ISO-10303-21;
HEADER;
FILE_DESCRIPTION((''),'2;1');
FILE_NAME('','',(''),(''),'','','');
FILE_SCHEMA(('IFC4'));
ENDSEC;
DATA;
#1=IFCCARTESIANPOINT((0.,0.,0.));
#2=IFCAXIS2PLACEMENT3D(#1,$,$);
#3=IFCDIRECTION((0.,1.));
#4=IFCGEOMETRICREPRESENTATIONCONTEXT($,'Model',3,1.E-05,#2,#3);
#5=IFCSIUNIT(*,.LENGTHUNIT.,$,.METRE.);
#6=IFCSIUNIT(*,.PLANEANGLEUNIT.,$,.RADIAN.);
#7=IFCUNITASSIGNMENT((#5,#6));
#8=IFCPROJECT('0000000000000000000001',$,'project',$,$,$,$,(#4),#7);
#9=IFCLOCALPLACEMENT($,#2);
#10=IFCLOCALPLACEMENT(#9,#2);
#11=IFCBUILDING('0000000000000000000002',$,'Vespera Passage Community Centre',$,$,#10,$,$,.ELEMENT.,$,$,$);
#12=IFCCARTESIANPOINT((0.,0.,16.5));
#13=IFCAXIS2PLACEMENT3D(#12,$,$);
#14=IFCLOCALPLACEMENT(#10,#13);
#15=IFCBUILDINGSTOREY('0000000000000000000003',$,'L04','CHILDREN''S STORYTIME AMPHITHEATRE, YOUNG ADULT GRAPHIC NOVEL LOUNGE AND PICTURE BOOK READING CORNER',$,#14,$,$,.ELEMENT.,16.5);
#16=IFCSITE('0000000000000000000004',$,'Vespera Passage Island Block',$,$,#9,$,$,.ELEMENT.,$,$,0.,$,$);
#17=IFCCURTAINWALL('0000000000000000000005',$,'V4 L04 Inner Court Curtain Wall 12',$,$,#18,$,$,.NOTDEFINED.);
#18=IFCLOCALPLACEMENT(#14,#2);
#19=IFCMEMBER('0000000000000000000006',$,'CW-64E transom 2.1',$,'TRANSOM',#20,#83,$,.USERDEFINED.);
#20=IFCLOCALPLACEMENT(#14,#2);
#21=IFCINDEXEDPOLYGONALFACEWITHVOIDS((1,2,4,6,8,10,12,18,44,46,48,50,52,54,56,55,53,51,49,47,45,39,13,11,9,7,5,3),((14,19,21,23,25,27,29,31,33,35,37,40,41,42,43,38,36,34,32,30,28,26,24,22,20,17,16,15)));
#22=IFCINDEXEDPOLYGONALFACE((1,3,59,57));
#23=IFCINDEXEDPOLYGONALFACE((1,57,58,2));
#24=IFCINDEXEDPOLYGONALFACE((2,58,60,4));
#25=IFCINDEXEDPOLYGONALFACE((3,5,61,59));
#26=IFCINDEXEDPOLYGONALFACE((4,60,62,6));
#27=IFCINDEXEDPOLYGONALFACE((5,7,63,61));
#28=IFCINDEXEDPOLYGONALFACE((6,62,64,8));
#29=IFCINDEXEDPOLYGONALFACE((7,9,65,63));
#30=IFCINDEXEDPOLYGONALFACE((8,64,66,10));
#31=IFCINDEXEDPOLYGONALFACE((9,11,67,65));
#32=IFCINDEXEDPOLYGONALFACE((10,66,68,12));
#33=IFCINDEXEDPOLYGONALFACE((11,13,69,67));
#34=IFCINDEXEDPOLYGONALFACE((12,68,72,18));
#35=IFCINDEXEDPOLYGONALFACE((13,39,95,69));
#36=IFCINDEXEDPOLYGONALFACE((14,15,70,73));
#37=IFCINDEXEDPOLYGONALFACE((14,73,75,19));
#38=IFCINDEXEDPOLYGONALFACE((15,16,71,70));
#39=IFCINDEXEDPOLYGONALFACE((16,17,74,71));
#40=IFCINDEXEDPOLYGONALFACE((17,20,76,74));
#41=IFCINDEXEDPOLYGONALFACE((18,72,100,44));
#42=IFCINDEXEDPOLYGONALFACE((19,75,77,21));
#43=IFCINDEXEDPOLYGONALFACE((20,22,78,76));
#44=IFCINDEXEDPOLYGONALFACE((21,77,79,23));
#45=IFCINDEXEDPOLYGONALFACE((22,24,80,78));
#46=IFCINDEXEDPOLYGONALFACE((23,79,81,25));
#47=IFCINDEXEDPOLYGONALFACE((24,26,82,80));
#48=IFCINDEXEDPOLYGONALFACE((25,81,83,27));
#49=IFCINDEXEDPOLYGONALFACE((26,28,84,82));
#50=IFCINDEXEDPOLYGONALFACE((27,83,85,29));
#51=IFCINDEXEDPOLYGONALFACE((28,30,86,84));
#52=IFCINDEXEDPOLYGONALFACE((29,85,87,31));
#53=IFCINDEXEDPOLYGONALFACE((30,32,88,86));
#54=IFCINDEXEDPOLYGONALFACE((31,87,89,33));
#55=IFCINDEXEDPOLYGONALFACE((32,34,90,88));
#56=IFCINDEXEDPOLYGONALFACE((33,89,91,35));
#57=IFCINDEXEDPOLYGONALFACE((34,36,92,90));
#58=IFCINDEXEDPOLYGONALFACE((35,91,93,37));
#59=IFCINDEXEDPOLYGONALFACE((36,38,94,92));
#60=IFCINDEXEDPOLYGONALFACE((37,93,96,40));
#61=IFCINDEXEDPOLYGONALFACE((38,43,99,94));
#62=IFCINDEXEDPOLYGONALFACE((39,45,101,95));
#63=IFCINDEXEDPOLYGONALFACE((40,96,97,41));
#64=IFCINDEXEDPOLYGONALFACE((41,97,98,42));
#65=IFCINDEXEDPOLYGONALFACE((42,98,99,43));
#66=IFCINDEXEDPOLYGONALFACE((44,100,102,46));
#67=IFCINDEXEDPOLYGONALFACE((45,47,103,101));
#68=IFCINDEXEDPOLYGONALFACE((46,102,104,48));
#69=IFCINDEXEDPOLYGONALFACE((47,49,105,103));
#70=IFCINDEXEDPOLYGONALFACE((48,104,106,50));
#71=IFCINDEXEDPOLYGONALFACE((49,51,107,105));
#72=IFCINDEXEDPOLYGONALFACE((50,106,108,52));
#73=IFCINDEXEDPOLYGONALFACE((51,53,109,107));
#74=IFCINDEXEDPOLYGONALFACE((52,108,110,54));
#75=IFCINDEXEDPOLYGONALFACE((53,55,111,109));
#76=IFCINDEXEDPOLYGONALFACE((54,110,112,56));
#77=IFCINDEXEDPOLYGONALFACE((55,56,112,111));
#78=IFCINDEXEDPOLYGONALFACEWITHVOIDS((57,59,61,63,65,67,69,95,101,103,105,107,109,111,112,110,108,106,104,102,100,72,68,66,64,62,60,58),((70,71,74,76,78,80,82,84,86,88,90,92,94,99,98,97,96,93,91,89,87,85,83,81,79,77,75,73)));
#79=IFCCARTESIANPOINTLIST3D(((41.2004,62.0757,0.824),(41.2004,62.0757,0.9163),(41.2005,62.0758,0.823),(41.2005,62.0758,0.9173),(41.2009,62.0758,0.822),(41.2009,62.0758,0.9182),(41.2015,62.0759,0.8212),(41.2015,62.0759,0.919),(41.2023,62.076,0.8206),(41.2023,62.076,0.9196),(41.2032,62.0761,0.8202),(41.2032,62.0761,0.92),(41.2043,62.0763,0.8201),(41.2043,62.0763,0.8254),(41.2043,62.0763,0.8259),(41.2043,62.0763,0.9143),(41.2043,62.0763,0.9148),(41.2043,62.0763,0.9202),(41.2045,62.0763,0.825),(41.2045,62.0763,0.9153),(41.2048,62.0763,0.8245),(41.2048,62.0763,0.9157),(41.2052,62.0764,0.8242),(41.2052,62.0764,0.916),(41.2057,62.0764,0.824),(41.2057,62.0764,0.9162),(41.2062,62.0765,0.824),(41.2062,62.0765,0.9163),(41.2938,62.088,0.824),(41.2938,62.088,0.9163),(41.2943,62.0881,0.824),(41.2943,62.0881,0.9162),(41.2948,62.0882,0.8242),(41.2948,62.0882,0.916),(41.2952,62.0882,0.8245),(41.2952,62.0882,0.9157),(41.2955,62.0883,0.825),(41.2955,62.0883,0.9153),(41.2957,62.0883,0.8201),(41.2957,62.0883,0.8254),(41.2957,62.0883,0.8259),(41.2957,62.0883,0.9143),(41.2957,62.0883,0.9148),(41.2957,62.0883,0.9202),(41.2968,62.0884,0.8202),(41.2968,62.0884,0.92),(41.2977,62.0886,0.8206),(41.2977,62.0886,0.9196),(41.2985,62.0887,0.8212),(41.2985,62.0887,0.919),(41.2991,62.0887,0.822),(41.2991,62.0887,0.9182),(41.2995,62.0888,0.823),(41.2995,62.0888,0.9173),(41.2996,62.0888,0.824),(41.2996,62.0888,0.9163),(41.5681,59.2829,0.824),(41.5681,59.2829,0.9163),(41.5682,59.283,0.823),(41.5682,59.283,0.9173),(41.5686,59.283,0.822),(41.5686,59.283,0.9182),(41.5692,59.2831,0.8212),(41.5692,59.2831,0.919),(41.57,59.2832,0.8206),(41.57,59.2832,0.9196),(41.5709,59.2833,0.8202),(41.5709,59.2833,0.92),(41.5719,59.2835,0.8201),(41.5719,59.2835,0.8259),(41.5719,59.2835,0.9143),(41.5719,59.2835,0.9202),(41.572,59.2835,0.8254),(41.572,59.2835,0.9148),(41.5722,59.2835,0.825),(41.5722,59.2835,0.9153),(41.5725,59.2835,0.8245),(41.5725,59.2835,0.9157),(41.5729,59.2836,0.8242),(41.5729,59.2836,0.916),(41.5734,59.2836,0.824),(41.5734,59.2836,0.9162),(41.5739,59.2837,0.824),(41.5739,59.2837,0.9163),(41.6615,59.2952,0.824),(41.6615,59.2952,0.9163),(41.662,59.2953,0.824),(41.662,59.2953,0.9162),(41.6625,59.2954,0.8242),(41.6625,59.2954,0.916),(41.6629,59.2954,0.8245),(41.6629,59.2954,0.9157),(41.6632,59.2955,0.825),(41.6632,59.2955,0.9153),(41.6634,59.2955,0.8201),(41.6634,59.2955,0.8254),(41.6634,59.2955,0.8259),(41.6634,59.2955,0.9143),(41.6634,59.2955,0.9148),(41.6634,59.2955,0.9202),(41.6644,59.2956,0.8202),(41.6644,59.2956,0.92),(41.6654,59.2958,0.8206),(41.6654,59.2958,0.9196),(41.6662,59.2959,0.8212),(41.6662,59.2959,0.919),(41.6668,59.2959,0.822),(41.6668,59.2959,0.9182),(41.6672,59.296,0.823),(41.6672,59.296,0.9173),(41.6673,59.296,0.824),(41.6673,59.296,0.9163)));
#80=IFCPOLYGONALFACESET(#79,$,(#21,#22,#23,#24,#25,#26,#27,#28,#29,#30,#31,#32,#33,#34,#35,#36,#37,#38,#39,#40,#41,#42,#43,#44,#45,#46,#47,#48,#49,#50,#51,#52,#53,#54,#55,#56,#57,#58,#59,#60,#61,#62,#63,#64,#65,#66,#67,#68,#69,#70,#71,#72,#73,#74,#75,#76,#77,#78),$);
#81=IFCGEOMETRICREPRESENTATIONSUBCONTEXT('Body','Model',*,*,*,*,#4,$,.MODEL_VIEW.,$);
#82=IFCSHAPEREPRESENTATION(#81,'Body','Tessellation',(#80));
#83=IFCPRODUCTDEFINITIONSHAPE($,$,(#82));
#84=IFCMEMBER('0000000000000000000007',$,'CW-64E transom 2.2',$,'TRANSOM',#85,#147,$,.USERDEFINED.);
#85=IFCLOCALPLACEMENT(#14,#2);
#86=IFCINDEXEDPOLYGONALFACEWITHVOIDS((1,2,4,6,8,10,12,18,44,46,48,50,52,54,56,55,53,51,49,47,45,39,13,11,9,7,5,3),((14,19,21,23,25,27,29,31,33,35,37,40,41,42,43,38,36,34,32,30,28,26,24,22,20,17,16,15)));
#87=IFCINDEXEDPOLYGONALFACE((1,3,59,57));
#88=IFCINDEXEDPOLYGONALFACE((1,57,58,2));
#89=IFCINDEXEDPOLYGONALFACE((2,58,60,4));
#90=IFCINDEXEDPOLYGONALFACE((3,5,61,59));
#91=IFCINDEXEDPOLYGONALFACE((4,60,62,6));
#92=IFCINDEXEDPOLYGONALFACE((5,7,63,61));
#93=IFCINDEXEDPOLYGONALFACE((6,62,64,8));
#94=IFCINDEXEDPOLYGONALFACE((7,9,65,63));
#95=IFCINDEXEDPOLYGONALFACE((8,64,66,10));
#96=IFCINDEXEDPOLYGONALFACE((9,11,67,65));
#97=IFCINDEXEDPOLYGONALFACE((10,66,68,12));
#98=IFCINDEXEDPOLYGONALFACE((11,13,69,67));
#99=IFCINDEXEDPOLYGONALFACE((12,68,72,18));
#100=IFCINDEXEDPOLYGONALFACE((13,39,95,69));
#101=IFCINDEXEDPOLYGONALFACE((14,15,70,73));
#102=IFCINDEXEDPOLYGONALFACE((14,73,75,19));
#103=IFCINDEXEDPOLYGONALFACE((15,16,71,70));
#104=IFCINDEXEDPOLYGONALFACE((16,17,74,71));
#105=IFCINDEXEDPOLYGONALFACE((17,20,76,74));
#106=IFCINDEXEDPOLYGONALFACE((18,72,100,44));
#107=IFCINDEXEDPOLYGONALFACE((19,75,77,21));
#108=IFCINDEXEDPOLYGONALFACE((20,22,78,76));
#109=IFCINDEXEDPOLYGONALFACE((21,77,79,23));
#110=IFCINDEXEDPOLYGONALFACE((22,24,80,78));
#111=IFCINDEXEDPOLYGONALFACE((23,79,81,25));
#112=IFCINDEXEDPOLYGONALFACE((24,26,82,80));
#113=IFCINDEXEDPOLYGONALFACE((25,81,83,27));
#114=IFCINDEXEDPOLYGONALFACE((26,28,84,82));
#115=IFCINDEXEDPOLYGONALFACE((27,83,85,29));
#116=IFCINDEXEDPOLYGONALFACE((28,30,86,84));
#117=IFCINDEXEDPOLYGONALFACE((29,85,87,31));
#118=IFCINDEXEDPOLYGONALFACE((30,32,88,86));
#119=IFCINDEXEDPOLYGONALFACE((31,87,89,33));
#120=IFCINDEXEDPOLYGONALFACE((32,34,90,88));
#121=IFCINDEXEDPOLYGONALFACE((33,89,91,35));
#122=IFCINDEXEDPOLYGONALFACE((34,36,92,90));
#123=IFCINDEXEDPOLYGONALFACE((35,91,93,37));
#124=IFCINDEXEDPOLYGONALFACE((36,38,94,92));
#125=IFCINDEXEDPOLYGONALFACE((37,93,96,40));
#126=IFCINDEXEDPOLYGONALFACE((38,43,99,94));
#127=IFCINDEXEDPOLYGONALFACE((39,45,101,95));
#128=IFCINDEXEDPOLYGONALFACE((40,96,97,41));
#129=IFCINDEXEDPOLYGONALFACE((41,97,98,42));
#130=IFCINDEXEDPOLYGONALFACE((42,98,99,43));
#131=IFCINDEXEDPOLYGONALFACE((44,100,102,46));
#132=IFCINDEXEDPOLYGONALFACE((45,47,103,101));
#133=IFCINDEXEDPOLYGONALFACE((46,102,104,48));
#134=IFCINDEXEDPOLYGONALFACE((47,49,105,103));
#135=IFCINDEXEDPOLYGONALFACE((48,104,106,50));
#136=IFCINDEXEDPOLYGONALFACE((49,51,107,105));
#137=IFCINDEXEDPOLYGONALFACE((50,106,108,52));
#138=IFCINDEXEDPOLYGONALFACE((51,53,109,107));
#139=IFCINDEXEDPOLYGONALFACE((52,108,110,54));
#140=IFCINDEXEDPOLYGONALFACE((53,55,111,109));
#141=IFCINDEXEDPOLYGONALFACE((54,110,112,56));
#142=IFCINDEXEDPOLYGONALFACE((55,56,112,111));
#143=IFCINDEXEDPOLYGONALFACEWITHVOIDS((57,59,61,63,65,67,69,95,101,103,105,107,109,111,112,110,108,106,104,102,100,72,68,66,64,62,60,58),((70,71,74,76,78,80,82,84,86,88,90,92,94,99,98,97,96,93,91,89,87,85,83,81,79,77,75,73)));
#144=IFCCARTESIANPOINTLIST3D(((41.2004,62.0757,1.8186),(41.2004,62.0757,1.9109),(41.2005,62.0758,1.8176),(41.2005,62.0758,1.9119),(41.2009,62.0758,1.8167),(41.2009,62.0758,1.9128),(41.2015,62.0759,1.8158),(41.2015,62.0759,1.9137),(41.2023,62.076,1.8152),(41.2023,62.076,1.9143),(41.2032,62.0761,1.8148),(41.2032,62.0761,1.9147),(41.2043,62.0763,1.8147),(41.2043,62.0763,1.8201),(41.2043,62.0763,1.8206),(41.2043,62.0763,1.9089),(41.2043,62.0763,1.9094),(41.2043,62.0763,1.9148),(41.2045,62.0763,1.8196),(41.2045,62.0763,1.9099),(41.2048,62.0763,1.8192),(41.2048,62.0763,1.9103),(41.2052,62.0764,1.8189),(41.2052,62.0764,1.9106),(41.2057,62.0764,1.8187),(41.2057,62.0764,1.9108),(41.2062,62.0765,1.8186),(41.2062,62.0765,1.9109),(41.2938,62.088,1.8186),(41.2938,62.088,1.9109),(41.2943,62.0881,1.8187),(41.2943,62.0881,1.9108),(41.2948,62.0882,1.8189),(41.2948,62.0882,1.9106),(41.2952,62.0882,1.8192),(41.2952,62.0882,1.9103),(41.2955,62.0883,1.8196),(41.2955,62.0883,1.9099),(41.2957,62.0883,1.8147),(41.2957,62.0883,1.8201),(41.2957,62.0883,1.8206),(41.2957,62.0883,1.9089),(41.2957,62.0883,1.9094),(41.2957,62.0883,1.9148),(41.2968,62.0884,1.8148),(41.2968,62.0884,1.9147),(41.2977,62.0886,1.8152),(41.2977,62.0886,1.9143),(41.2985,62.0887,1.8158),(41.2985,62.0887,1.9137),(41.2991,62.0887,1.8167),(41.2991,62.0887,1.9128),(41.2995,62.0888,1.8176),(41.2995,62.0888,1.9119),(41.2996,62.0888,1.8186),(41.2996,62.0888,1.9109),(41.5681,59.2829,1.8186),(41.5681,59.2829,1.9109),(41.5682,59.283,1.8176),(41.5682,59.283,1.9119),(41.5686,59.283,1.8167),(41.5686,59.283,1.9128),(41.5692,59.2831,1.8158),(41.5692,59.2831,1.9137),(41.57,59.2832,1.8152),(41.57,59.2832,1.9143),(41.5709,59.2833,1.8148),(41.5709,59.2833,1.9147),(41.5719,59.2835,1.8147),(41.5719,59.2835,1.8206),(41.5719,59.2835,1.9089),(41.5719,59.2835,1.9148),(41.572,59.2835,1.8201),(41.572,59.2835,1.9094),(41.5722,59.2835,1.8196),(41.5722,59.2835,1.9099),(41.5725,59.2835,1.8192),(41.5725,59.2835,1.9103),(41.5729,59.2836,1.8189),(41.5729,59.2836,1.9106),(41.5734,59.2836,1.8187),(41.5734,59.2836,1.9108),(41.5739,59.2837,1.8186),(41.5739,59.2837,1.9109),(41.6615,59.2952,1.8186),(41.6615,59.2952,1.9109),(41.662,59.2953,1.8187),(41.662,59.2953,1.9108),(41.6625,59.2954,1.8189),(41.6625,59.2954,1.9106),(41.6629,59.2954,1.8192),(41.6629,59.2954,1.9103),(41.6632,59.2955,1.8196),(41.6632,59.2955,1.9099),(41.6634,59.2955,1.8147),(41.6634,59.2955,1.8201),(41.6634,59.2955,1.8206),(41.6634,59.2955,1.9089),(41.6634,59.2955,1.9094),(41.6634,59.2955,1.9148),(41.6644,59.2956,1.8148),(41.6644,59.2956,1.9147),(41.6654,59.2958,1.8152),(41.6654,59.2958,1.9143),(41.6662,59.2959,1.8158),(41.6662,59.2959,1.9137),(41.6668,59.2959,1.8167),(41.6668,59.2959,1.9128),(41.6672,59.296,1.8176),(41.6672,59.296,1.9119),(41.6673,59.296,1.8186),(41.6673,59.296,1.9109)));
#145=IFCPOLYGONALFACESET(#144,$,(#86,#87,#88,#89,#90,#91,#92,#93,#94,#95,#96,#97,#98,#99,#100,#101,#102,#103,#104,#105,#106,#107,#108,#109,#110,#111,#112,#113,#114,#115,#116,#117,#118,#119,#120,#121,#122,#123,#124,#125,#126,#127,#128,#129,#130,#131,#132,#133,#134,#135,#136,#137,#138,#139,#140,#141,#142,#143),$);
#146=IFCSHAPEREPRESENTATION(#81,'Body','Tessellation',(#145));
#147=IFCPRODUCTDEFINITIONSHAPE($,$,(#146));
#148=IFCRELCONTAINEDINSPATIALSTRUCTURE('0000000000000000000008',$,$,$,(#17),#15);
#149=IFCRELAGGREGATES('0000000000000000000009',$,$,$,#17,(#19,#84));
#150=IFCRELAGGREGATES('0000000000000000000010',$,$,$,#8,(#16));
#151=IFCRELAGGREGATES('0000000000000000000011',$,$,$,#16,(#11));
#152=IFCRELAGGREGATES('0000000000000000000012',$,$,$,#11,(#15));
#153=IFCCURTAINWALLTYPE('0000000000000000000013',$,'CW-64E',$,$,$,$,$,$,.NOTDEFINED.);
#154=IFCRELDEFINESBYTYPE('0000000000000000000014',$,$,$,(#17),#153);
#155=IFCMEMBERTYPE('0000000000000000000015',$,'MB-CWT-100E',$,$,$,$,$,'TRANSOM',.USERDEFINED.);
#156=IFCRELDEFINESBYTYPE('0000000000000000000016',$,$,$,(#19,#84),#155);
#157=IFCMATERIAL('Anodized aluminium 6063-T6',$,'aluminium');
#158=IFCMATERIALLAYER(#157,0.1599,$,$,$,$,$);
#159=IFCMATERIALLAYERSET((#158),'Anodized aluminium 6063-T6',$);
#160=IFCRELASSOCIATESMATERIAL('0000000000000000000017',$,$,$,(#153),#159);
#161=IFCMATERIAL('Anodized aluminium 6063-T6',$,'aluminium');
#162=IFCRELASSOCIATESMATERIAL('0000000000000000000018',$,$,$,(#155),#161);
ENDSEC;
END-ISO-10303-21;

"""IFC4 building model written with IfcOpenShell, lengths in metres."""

from ifc_helpers import new_model, si_unit, direction, frame, origin, origin_2d, place, context, subcontext, project, spatial, hollow_rectangle, extrude, material, layer, layer_set, material_profile, profile_set, type_object, element, aggregate, save


model = new_model("IFC4")

# Units and contexts
model_context = context("Model", 3, precision=1e-05, world=origin(), true_north=direction((0.0, 1.0)))
body_context = subcontext(model_context, "Body", "Model", "MODEL_VIEW")
ifc_project = project(units=[si_unit("LENGTHUNIT", "METRE"), si_unit("PLANEANGLEUNIT", "RADIAN")], contexts=[model_context])

# Site, building, storey
site_placement = place(None, origin())
site = spatial("IfcSite", under=ifc_project, at=site_placement, Name="Vespera Passage Island Block", CompositionType="ELEMENT", RefElevation=0.0)
building_placement = place(site_placement, origin())
building = spatial("IfcBuilding", under=site, at=building_placement, Name="Vespera Passage Community Centre", CompositionType="ELEMENT")
storey_placement = place(building_placement, frame((0.0, 0.0, 16.5)))
storey = spatial("IfcBuildingStorey", under=building, at=storey_placement, Name="L04", Description="CHILDREN'S STORYTIME AMPHITHEATRE, YOUNG ADULT GRAPHIC NOVEL LOUNGE AND PICTURE BOOK READING CORNER", CompositionType="ELEMENT", Elevation=16.5)

# Curtain wall, members
ifc_material_1 = material(Name="Anodized aluminium 6063-T6", Category="aluminium")
ifc_layer_1 = layer(ifc_material_1, 0.1599)
ifc_layer_set_1 = layer_set([ifc_layer_1], Name="Anodized aluminium 6063-T6")
curtain_wall_type = type_object("IfcCurtainWallType", Name="CW-64E", PredefinedType="NOTDEFINED", material=ifc_layer_set_1)
curtain_wall_placement = place(storey_placement, origin())
curtain_wall = element("IfcCurtainWall", 1, at=curtain_wall_placement, inside=storey, type_object=curtain_wall_type, Name="V4 L04 Inner Court Curtain Wall 12", PredefinedType="NOTDEFINED")
ifc_material_2 = material(Name="Anodized aluminium 6063-T6", Category="aluminium")
ifc_material_profile_1 = material_profile(ifc_material_2, hollow_rectangle(XDim=0.1001, YDim=0.1001, WallThickness=0.0039, InnerFilletRadius=0.002, OuterFilletRadius=0.0039, at=origin_2d()), Name="ALU100X100X4")
ifc_profile_set_1 = profile_set([ifc_material_profile_1], Name="Anodized aluminium 6063-T6")
member_type_1 = type_object("IfcMemberType", Name="MB-CWT-100E", ElementType="TRANSOM", PredefinedType="USERDEFINED", material=ifc_profile_set_1)
member_1_placement = place(storey_placement, frame((41.25, 62.0823, 0.8701), z_axis=(0.130528, -0.991445, 0.0), x_axis=(0.991445, 0.130528, 0.0)))
member_1 = element("IfcMember", 2, at=member_1_placement, type_object=member_type_1, Name="CW-64E transom 2.1", ObjectType="TRANSOM", PredefinedType="USERDEFINED", context=body_context, shape_type="SweptSolid", body=[
    extrude(hollow_rectangle(XDim=0.1001, YDim=0.1001, WallThickness=0.0039, InnerFilletRadius=0.002, OuterFilletRadius=0.0039, at=origin_2d()), origin(), (0.0, 0.0, 1.0), 2.8169),
])
member_2_placement = place(storey_placement, frame((41.25, 62.0823, 1.8647), z_axis=(0.130528, -0.991445, 0.0), x_axis=(0.991445, 0.130528, 0.0)))
member_2 = element("IfcMember", 3, at=member_2_placement, type_object=member_type_1, Name="CW-64E transom 2.2", ObjectType="TRANSOM", PredefinedType="USERDEFINED", context=body_context, shape_type="SweptSolid", body=[
    extrude(hollow_rectangle(XDim=0.1001, YDim=0.1001, WallThickness=0.0039, InnerFilletRadius=0.002, OuterFilletRadius=0.0039, at=origin_2d()), origin(), (0.0, 0.0, 1.0), 2.8169),
])
aggregate(curtain_wall, [member_1, member_2])

save(model, "model.ifc")
